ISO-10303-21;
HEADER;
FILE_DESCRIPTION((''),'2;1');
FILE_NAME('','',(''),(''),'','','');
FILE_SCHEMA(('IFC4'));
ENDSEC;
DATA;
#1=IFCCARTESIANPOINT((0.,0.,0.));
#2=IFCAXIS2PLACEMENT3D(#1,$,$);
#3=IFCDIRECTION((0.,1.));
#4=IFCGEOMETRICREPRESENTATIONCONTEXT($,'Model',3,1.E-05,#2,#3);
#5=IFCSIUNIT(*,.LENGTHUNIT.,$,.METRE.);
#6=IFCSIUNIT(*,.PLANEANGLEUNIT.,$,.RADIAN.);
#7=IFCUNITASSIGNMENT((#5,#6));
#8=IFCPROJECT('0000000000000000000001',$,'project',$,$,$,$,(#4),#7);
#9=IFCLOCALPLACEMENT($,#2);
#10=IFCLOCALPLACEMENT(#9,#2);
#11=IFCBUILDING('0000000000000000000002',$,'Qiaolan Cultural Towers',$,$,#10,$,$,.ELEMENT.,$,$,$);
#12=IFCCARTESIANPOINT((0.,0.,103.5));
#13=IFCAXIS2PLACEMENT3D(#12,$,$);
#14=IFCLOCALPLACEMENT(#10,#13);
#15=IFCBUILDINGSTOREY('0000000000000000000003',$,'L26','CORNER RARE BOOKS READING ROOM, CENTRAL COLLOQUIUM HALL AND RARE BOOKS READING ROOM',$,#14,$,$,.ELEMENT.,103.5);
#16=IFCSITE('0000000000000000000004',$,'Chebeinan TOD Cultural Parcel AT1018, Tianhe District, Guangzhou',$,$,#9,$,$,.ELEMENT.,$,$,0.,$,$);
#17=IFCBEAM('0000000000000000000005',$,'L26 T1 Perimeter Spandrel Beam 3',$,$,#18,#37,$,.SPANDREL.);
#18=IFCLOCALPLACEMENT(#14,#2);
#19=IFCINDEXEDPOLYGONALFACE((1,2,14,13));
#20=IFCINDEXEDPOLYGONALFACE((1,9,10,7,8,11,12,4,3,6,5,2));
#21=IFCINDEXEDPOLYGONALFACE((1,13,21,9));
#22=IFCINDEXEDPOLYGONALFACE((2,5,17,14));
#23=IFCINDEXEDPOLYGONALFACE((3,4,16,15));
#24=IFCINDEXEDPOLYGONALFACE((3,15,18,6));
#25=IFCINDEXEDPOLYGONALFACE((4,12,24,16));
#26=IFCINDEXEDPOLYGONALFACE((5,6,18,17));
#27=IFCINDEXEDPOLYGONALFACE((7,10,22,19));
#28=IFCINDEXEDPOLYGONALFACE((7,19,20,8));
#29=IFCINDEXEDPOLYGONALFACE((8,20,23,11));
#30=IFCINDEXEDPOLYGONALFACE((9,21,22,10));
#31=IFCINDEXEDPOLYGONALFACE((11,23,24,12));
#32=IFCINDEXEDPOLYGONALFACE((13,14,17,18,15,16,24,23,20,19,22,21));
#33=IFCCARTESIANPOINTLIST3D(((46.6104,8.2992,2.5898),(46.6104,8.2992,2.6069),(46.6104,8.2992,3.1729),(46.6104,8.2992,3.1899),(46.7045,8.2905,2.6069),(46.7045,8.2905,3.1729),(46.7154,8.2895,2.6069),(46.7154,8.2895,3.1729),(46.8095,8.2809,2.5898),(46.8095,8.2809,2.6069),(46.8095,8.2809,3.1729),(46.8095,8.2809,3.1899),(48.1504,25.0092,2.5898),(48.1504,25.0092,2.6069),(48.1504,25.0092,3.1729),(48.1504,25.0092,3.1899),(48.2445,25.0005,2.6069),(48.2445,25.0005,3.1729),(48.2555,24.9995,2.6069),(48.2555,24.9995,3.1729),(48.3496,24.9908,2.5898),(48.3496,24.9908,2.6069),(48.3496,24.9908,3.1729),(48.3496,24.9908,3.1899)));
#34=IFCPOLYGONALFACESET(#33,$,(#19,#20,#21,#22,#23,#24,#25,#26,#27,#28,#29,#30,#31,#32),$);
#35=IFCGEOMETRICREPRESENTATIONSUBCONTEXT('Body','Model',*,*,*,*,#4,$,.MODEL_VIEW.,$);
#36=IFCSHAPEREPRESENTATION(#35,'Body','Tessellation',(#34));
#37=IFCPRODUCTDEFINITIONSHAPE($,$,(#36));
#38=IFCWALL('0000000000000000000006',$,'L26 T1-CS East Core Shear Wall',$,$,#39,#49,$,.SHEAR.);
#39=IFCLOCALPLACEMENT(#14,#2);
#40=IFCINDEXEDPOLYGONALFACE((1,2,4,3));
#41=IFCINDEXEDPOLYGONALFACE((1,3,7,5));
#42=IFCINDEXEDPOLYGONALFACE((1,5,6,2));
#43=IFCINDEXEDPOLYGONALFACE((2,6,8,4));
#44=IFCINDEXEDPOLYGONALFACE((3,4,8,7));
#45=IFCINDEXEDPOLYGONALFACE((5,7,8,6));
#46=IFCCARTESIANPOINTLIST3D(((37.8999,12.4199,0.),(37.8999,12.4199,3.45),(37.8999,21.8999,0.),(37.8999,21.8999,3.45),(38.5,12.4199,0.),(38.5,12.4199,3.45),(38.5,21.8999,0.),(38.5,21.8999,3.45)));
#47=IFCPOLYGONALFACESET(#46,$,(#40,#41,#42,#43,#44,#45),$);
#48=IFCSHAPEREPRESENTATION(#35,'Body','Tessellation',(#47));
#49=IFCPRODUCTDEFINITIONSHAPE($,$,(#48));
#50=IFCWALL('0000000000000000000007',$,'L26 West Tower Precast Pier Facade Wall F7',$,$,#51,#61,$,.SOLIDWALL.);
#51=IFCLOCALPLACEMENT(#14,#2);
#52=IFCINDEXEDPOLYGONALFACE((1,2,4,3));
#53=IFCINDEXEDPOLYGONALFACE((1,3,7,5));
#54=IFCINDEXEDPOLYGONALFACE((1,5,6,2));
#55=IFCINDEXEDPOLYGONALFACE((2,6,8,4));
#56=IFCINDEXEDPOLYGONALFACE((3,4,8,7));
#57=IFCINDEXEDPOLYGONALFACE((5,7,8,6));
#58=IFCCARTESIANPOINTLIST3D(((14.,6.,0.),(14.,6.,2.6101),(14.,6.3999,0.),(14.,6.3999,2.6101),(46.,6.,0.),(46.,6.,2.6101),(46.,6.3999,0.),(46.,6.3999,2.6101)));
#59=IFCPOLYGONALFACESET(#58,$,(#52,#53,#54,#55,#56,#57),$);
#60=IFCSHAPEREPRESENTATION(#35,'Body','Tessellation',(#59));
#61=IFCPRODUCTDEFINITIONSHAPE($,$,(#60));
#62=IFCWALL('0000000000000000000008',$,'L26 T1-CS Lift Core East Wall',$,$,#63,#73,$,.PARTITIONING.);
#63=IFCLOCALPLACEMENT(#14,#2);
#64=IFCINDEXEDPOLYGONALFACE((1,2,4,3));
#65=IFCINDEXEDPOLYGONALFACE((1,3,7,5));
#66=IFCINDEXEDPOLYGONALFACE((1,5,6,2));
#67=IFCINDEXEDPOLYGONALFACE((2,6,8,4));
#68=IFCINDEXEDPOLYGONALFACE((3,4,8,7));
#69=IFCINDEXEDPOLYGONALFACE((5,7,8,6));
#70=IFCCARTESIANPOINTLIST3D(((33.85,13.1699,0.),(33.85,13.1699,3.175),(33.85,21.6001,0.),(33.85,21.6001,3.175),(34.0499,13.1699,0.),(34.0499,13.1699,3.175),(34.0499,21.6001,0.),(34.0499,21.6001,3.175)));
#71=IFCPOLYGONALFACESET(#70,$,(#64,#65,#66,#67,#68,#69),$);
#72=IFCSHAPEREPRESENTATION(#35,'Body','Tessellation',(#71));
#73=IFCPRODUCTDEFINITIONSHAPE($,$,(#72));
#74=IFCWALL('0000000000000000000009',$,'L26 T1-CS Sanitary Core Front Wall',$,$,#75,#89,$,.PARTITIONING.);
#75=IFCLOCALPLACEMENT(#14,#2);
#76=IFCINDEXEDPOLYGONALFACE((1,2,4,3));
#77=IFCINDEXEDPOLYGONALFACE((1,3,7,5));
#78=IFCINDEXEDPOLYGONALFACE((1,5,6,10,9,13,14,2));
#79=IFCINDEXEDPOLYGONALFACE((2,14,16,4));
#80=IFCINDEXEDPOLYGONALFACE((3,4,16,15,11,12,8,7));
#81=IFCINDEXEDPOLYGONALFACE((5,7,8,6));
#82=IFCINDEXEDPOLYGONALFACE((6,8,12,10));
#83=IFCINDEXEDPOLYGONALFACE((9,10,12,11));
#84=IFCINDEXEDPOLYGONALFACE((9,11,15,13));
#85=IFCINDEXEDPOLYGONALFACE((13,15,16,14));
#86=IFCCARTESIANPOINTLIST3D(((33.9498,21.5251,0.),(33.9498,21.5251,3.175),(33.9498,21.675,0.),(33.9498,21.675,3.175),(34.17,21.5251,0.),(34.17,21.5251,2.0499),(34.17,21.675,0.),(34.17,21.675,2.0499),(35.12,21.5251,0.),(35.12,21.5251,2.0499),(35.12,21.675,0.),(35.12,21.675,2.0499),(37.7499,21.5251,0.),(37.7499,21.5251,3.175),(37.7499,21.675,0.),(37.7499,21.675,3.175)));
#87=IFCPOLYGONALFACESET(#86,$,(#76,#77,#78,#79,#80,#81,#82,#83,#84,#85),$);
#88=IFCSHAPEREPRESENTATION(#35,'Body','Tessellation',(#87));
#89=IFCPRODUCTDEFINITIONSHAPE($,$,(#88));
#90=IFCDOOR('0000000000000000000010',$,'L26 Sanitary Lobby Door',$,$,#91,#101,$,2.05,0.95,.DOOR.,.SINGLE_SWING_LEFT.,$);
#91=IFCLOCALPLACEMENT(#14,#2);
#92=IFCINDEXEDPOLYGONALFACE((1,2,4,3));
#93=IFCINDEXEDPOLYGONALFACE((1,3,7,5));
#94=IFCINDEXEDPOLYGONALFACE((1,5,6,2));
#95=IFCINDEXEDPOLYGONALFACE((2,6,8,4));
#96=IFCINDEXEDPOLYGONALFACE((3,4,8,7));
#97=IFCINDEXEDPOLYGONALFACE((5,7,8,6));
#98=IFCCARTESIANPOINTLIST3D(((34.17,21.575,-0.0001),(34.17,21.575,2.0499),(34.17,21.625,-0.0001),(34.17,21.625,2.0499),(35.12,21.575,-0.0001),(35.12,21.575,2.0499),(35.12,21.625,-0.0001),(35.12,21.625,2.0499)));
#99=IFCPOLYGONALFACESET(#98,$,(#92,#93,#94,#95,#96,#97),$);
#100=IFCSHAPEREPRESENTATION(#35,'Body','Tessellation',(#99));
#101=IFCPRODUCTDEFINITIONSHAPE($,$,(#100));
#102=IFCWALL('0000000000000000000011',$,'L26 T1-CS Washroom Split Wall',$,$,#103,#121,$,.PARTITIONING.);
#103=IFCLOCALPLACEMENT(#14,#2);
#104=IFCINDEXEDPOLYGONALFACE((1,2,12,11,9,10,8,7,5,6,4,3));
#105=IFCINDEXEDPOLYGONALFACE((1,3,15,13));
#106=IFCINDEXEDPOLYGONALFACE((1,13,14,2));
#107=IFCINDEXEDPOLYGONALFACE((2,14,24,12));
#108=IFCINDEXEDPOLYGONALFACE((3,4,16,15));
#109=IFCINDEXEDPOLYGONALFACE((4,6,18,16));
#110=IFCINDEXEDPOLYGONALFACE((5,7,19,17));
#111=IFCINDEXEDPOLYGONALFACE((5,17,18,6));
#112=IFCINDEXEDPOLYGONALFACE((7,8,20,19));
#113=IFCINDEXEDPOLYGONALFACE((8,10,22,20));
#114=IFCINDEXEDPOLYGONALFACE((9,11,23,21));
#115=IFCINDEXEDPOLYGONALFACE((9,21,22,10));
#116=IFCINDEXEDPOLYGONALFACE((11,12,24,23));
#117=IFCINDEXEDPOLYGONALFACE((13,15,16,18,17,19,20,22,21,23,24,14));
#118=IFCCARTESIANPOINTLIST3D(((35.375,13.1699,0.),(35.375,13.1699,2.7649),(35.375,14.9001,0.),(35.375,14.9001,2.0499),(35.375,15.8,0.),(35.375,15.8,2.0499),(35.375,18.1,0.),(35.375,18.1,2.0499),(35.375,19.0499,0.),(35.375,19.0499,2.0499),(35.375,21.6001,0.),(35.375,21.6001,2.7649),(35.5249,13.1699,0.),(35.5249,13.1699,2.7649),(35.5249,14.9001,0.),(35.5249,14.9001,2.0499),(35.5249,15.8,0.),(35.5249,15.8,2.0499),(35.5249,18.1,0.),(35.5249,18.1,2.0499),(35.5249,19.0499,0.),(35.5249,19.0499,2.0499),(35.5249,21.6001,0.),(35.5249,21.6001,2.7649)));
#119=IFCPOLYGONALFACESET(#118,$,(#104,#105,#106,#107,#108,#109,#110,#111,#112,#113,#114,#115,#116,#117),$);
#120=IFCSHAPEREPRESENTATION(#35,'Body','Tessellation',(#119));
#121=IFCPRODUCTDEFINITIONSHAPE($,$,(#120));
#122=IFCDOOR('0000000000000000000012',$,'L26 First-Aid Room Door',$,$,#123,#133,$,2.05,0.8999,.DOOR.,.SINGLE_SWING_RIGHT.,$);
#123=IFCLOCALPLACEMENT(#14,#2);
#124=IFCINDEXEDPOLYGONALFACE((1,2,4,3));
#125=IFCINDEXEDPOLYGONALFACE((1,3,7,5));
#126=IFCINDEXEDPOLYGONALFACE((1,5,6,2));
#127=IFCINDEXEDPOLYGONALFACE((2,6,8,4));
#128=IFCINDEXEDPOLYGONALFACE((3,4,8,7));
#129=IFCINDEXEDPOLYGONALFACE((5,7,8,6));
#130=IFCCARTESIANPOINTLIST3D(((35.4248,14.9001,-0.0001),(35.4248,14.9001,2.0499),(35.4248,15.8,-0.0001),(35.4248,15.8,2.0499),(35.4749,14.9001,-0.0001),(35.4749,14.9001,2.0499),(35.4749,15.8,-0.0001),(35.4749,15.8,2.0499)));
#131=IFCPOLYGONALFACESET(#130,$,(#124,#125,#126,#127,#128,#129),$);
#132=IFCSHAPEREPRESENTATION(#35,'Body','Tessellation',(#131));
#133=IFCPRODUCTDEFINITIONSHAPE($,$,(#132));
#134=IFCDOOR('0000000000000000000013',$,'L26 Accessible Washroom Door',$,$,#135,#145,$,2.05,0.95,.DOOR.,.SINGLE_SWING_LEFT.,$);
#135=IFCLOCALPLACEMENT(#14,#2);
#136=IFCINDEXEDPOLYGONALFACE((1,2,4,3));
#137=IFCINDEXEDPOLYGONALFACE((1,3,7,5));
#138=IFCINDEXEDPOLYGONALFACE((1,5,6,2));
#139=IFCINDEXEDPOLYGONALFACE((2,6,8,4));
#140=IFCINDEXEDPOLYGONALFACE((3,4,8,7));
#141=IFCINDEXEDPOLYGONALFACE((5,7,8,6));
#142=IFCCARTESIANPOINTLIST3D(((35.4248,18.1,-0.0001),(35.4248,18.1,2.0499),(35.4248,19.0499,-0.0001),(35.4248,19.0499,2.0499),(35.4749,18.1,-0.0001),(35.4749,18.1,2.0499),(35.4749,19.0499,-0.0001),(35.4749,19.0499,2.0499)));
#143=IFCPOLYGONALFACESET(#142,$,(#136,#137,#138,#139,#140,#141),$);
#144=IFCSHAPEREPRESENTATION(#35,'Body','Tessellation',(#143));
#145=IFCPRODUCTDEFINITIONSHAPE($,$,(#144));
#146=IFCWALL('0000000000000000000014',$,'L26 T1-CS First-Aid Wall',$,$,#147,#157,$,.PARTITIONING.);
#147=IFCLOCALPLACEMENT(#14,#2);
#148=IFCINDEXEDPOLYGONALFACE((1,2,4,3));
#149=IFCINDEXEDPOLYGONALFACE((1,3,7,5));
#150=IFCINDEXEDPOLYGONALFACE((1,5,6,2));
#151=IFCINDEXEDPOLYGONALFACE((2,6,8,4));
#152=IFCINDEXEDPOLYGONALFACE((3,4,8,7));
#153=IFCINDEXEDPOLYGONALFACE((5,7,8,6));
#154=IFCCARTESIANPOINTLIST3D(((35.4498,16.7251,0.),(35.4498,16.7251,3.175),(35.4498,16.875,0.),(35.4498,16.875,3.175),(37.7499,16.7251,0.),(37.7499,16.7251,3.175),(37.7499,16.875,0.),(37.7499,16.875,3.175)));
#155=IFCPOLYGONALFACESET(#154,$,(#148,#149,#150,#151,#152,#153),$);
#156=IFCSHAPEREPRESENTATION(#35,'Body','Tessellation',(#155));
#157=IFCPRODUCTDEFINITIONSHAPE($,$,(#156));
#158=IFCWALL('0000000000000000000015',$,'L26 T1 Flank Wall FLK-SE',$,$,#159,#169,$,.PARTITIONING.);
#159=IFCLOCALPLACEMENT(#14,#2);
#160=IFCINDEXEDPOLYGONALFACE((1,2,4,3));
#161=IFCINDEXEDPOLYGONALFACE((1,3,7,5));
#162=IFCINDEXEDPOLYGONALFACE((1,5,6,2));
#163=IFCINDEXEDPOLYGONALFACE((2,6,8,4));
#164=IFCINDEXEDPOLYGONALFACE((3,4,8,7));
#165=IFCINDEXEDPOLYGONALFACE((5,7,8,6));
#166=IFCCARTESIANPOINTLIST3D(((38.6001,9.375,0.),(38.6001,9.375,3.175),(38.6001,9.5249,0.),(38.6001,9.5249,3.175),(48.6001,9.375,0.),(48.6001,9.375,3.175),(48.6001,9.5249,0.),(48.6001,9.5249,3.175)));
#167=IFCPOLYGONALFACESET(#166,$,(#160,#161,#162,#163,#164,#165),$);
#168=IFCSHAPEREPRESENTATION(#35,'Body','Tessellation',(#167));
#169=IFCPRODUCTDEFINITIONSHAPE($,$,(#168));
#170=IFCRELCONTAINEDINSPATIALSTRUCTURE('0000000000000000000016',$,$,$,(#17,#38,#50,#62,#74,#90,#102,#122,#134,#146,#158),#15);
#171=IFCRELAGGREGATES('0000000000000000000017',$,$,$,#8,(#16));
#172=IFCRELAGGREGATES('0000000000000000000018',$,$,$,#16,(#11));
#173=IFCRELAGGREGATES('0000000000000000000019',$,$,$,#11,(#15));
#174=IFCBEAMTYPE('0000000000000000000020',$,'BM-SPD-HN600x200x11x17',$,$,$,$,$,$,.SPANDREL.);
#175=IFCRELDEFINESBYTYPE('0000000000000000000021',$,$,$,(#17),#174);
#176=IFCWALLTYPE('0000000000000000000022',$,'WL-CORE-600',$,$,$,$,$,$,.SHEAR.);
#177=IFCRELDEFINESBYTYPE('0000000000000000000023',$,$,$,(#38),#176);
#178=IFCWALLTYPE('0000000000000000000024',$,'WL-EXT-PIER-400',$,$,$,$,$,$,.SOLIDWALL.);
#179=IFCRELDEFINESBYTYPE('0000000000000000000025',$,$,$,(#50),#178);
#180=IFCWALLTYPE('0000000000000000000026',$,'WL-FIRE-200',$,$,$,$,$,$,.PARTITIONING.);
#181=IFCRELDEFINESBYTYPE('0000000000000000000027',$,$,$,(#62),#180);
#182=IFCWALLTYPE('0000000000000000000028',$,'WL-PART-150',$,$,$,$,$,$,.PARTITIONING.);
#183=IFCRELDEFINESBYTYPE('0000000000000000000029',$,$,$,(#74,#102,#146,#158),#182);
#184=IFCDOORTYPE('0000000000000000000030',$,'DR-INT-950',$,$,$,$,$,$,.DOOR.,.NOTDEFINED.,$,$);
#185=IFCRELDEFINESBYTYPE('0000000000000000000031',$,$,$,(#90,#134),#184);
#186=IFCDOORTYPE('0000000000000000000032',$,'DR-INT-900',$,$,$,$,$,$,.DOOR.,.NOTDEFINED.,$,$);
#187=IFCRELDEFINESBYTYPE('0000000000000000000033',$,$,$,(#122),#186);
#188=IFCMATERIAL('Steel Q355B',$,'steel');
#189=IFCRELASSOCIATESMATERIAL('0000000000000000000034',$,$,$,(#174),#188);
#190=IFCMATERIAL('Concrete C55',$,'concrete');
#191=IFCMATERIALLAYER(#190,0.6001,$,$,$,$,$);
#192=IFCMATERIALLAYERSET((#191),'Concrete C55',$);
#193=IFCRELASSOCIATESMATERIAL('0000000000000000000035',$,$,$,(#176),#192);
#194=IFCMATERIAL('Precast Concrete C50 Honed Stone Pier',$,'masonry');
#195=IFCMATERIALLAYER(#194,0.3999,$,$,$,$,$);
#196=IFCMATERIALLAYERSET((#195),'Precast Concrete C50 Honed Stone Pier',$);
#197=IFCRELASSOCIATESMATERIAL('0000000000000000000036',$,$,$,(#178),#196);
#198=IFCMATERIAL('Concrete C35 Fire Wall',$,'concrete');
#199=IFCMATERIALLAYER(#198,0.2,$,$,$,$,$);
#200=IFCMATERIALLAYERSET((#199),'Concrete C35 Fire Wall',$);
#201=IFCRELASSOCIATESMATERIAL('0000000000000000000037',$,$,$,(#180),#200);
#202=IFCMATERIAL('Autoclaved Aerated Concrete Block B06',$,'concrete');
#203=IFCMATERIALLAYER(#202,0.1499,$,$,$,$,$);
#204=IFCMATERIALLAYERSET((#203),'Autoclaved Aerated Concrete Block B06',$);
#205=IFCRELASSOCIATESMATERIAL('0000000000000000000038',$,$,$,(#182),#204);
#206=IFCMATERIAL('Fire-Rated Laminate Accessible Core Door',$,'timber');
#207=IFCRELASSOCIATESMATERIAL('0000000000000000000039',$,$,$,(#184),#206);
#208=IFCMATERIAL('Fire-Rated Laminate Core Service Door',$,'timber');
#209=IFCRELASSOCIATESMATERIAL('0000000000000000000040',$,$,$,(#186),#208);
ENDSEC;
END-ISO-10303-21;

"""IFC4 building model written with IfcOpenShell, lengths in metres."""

from ifc_helpers import new_model, si_unit, direction, frame, frame_2d, origin, origin_2d, place, context, subcontext, project, spatial, rectangle, i_section, extrude, material, layer, layer_set, material_profile, profile_set, type_object, element, fill, save


model = new_model("IFC4")

# Units and contexts
model_context = context("Model", 3, precision=1e-05, world=origin(), true_north=direction((0.0, 1.0)))
body_context = subcontext(model_context, "Body", "Model", "MODEL_VIEW")
ifc_project = project(units=[si_unit("LENGTHUNIT", "METRE"), si_unit("PLANEANGLEUNIT", "RADIAN")], contexts=[model_context])

# Site, building, storey
site_placement = place(None, origin())
site = spatial("IfcSite", under=ifc_project, at=site_placement, Name="Chebeinan TOD Cultural Parcel AT1018, Tianhe District, Guangzhou", CompositionType="ELEMENT", RefElevation=0.0)
building_placement = place(site_placement, origin())
building = spatial("IfcBuilding", under=site, at=building_placement, Name="Qiaolan Cultural Towers", CompositionType="ELEMENT")
storey_placement = place(building_placement, frame((0.0, 0.0, 103.5)))
storey = spatial("IfcBuildingStorey", under=building, at=storey_placement, Name="L26", Description="CORNER RARE BOOKS READING ROOM, CENTRAL COLLOQUIUM HALL AND RARE BOOKS READING ROOM", CompositionType="ELEMENT", Elevation=103.5)

# Beam
ifc_material_1 = material(Name="Steel Q355B", Category="steel")
ifc_material_profile_1 = material_profile(ifc_material_1, i_section(OverallWidth=0.2, OverallDepth=0.6001, WebThickness=0.011, FlangeThickness=0.0171, at=origin_2d()), Name="HN600x200x11x17")
ifc_profile_set_1 = profile_set([ifc_material_profile_1], Name="Steel Q355B")
beam_type_1 = type_object("IfcBeamType", Name="BM-SPD-HN600x200x11x17", PredefinedType="SPANDREL", material=ifc_profile_set_1)
for number, where, z_axis, x_axis, name in (
    (1, (46.71, 8.29, 2.8899), (0.091774, 0.99578, 0.0), (-0.99578, 0.091774, 0.0), "L26 T1 Perimeter Spandrel Beam 3"),
):
    element("IfcBeam", number, at=place(storey_placement, frame(where, z_axis=z_axis, x_axis=x_axis)), inside=storey, type_object=beam_type_1, Name=name, PredefinedType="SPANDREL", context=body_context, shape_type="SweptSolid", body=[
        extrude(i_section(OverallWidth=0.2, OverallDepth=0.6001, WebThickness=0.011, FlangeThickness=0.0171, at=origin_2d()), origin(), (0.0, 0.0, 1.0), 16.7808),
    ])

# Walls
ifc_material_2 = material(Name="Concrete C55", Category="concrete")
ifc_layer_1 = layer(ifc_material_2, 0.6001)
ifc_layer_set_1 = layer_set([ifc_layer_1], Name="Concrete C55")
wall_type_1 = type_object("IfcWallType", Name="WL-CORE-600", PredefinedType="SHEAR", material=ifc_layer_set_1)
wall_1_placement = place(storey_placement, frame((38.2, 21.8999, 0.0), z_axis=(0.0, 0.0, 1.0), x_axis=(0.0, -1.0, 0.0)))
element("IfcWall", 2, at=wall_1_placement, inside=storey, type_object=wall_type_1, Name="L26 T1-CS East Core Shear Wall", PredefinedType="SHEAR", context=body_context, shape_type="SweptSolid", body=[
    extrude(rectangle(XDim=9.48, YDim=0.6001, at=frame_2d((4.74, 0.0))), origin(), (0.0, 0.0, 1.0), 3.45),
])
ifc_material_3 = material(Name="Precast Concrete C50 Honed Stone Pier", Category="masonry")
ifc_layer_2 = layer(ifc_material_3, 0.3999)
ifc_layer_set_2 = layer_set([ifc_layer_2], Name="Precast Concrete C50 Honed Stone Pier")
wall_type_2 = type_object("IfcWallType", Name="WL-EXT-PIER-400", PredefinedType="SOLIDWALL", material=ifc_layer_set_2)
wall_2_placement = place(storey_placement, frame((46.0, 6.2, 0.0), z_axis=(0.0, 0.0, 1.0), x_axis=(-1.0, 0.0, 0.0)))
element("IfcWall", 3, at=wall_2_placement, inside=storey, type_object=wall_type_2, Name="L26 West Tower Precast Pier Facade Wall F7", PredefinedType="SOLIDWALL", context=body_context, shape_type="SweptSolid", body=[
    extrude(rectangle(XDim=32.0, YDim=0.3999, at=frame_2d((16.0, 0.0))), origin(), (0.0, 0.0, 1.0), 2.6101),
])
ifc_material_4 = material(Name="Concrete C35 Fire Wall", Category="concrete")
ifc_layer_3 = layer(ifc_material_4, 0.2)
ifc_layer_set_3 = layer_set([ifc_layer_3], Name="Concrete C35 Fire Wall")
wall_type_3 = type_object("IfcWallType", Name="WL-FIRE-200", PredefinedType="PARTITIONING", material=ifc_layer_set_3)
wall_3_placement = place(storey_placement, frame((33.95, 21.6001, 0.0), z_axis=(0.0, 0.0, 1.0), x_axis=(0.0, -1.0, 0.0)))
element("IfcWall", 4, at=wall_3_placement, inside=storey, type_object=wall_type_3, Name="L26 T1-CS Lift Core East Wall", PredefinedType="PARTITIONING", context=body_context, shape_type="SweptSolid", body=[
    extrude(rectangle(XDim=8.4302, YDim=0.2, at=frame_2d((4.2151, 0.0))), origin(), (0.0, 0.0, 1.0), 3.175),
])

# Wall, opening, door
ifc_material_5 = material(Name="Autoclaved Aerated Concrete Block B06", Category="concrete")
ifc_layer_4 = layer(ifc_material_5, 0.1499)
ifc_layer_set_4 = layer_set([ifc_layer_4], Name="Autoclaved Aerated Concrete Block B06")
wall_type_4 = type_object("IfcWallType", Name="WL-PART-150", PredefinedType="PARTITIONING", material=ifc_layer_set_4)
wall_4_placement = place(storey_placement, frame((33.95, 21.6001, 0.0), z_axis=(0.0, 0.0, 1.0), x_axis=(1.0, 0.0, 0.0)))
wall_4 = element("IfcWall", 5, at=wall_4_placement, inside=storey, type_object=wall_type_4, Name="L26 T1-CS Sanitary Core Front Wall", PredefinedType="PARTITIONING", context=body_context, shape_type="SweptSolid", body=[
    extrude(rectangle(XDim=3.8, YDim=0.1499, at=frame_2d((1.8999, 0.0))), origin(), (0.0, 0.0, 1.0), 3.175),
])
opening_1_placement = place(wall_4_placement, frame((0.22, 0.0, 0.0)))
opening_1 = element("IfcOpeningElement", 6, at=opening_1_placement, cuts=wall_4, PredefinedType="OPENING", context=body_context, shape_type="SweptSolid", body=[
    extrude(rectangle(XDim=0.95, YDim=2.05, at=frame_2d((0.4751, 1.0249))), frame((0.0, 0.085, 0.0), z_axis=(0.0, -1.0, 0.0), x_axis=(1.0, 0.0, 0.0)), (0.0, 0.0, 1.0), 0.1699),
])
ifc_material_6 = material(Name="Fire-Rated Laminate Accessible Core Door", Category="timber")
door_type_1 = type_object("IfcDoorType", Name="DR-INT-950", OperationType="NOTDEFINED", PredefinedType="DOOR", material=ifc_material_6)
door_1_placement = place(opening_1_placement, origin())
door_1 = element("IfcDoor", 7, at=door_1_placement, inside=storey, type_object=door_type_1, Name="L26 Sanitary Lobby Door", OperationType="SINGLE_SWING_LEFT", OverallHeight=2.05, OverallWidth=0.95, PredefinedType="DOOR", context=body_context, shape_type="SweptSolid", body=[
    extrude(rectangle(XDim=0.95, YDim=2.05, at=frame_2d((0.4751, 1.0249))), frame((0.0, 0.0249, 0.0), z_axis=(0.0, -1.0, 0.0), x_axis=(1.0, 0.0, 0.0)), (0.0, 0.0, 1.0), 0.05),
])
fill(opening_1, door_1)

# Wall, openings, doors
wall_5_placement = place(storey_placement, frame((35.45, 21.6001, 0.0), z_axis=(0.0, 0.0, 1.0), x_axis=(0.0, -1.0, 0.0)))
wall_5 = element("IfcWall", 8, at=wall_5_placement, inside=storey, type_object=wall_type_4, Name="L26 T1-CS Washroom Split Wall", PredefinedType="PARTITIONING", context=body_context, shape_type="SweptSolid", body=[
    extrude(rectangle(XDim=8.4302, YDim=0.1499, at=frame_2d((4.2151, 0.0))), origin(), (0.0, 0.0, 1.0), 2.7649),
])
opening_2_placement = place(wall_5_placement, frame((2.55, 0.0, 0.0)))
opening_2 = element("IfcOpeningElement", 9, at=opening_2_placement, cuts=wall_5, PredefinedType="OPENING", context=body_context, shape_type="SweptSolid", body=[
    extrude(rectangle(XDim=0.95, YDim=2.05, at=frame_2d((0.4751, 1.0249))), frame((0.0, 0.085, 0.0), z_axis=(0.0, -1.0, 0.0), x_axis=(1.0, 0.0, 0.0)), (0.0, 0.0, 1.0), 0.1699),
])
opening_3_placement = place(wall_5_placement, frame((5.8, 0.0, 0.0)))
opening_3 = element("IfcOpeningElement", 10, at=opening_3_placement, cuts=wall_5, PredefinedType="OPENING", context=body_context, shape_type="SweptSolid", body=[
    extrude(rectangle(XDim=0.8999, YDim=2.05, at=frame_2d((0.45, 1.0249))), frame((0.0, 0.085, 0.0), z_axis=(0.0, -1.0, 0.0), x_axis=(1.0, 0.0, 0.0)), (0.0, 0.0, 1.0), 0.1699),
])
ifc_material_7 = material(Name="Fire-Rated Laminate Core Service Door", Category="timber")
door_type_2 = type_object("IfcDoorType", Name="DR-INT-900", OperationType="NOTDEFINED", PredefinedType="DOOR", material=ifc_material_7)
door_2_placement = place(opening_3_placement, origin())
door_2 = element("IfcDoor", 11, at=door_2_placement, inside=storey, type_object=door_type_2, Name="L26 First-Aid Room Door", OperationType="SINGLE_SWING_RIGHT", OverallHeight=2.05, OverallWidth=0.8999, PredefinedType="DOOR", context=body_context, shape_type="SweptSolid", body=[
    extrude(rectangle(XDim=0.8999, YDim=2.05, at=frame_2d((0.45, 1.0249))), frame((0.0, 0.0249, 0.0), z_axis=(0.0, -1.0, 0.0), x_axis=(1.0, 0.0, 0.0)), (0.0, 0.0, 1.0), 0.05),
])
fill(opening_3, door_2)
door_3_placement = place(opening_2_placement, origin())
door_3 = element("IfcDoor", 12, at=door_3_placement, inside=storey, type_object=door_type_1, Name="L26 Accessible Washroom Door", OperationType="SINGLE_SWING_LEFT", OverallHeight=2.05, OverallWidth=0.95, PredefinedType="DOOR", context=body_context, shape_type="SweptSolid", body=[
    extrude(rectangle(XDim=0.95, YDim=2.05, at=frame_2d((0.4751, 1.0249))), frame((0.0, 0.0249, 0.0), z_axis=(0.0, -1.0, 0.0), x_axis=(1.0, 0.0, 0.0)), (0.0, 0.0, 1.0), 0.05),
])
fill(opening_2, door_3)

# Walls
wall_6_placement = place(storey_placement, frame((35.45, 16.8, 0.0), z_axis=(0.0, 0.0, 1.0), x_axis=(1.0, 0.0, 0.0)))
element("IfcWall", 13, at=wall_6_placement, inside=storey, type_object=wall_type_4, Name="L26 T1-CS First-Aid Wall", PredefinedType="PARTITIONING", context=body_context, shape_type="SweptSolid", body=[
    extrude(rectangle(XDim=2.3, YDim=0.1499, at=frame_2d((1.1499, 0.0))), origin(), (0.0, 0.0, 1.0), 3.175),
])
wall_7_placement = place(storey_placement, frame((38.6001, 9.45, 0.0), z_axis=(0.0, 0.0, 1.0), x_axis=(1.0, 0.0, 0.0)))
element("IfcWall", 14, at=wall_7_placement, inside=storey, type_object=wall_type_4, Name="L26 T1 Flank Wall FLK-SE", PredefinedType="PARTITIONING", context=body_context, shape_type="SweptSolid", body=[
    extrude(rectangle(XDim=10.0, YDim=0.1499, at=frame_2d((5.0, 0.0))), origin(), (0.0, 0.0, 1.0), 3.175),
])

save(model, "model.ifc")
